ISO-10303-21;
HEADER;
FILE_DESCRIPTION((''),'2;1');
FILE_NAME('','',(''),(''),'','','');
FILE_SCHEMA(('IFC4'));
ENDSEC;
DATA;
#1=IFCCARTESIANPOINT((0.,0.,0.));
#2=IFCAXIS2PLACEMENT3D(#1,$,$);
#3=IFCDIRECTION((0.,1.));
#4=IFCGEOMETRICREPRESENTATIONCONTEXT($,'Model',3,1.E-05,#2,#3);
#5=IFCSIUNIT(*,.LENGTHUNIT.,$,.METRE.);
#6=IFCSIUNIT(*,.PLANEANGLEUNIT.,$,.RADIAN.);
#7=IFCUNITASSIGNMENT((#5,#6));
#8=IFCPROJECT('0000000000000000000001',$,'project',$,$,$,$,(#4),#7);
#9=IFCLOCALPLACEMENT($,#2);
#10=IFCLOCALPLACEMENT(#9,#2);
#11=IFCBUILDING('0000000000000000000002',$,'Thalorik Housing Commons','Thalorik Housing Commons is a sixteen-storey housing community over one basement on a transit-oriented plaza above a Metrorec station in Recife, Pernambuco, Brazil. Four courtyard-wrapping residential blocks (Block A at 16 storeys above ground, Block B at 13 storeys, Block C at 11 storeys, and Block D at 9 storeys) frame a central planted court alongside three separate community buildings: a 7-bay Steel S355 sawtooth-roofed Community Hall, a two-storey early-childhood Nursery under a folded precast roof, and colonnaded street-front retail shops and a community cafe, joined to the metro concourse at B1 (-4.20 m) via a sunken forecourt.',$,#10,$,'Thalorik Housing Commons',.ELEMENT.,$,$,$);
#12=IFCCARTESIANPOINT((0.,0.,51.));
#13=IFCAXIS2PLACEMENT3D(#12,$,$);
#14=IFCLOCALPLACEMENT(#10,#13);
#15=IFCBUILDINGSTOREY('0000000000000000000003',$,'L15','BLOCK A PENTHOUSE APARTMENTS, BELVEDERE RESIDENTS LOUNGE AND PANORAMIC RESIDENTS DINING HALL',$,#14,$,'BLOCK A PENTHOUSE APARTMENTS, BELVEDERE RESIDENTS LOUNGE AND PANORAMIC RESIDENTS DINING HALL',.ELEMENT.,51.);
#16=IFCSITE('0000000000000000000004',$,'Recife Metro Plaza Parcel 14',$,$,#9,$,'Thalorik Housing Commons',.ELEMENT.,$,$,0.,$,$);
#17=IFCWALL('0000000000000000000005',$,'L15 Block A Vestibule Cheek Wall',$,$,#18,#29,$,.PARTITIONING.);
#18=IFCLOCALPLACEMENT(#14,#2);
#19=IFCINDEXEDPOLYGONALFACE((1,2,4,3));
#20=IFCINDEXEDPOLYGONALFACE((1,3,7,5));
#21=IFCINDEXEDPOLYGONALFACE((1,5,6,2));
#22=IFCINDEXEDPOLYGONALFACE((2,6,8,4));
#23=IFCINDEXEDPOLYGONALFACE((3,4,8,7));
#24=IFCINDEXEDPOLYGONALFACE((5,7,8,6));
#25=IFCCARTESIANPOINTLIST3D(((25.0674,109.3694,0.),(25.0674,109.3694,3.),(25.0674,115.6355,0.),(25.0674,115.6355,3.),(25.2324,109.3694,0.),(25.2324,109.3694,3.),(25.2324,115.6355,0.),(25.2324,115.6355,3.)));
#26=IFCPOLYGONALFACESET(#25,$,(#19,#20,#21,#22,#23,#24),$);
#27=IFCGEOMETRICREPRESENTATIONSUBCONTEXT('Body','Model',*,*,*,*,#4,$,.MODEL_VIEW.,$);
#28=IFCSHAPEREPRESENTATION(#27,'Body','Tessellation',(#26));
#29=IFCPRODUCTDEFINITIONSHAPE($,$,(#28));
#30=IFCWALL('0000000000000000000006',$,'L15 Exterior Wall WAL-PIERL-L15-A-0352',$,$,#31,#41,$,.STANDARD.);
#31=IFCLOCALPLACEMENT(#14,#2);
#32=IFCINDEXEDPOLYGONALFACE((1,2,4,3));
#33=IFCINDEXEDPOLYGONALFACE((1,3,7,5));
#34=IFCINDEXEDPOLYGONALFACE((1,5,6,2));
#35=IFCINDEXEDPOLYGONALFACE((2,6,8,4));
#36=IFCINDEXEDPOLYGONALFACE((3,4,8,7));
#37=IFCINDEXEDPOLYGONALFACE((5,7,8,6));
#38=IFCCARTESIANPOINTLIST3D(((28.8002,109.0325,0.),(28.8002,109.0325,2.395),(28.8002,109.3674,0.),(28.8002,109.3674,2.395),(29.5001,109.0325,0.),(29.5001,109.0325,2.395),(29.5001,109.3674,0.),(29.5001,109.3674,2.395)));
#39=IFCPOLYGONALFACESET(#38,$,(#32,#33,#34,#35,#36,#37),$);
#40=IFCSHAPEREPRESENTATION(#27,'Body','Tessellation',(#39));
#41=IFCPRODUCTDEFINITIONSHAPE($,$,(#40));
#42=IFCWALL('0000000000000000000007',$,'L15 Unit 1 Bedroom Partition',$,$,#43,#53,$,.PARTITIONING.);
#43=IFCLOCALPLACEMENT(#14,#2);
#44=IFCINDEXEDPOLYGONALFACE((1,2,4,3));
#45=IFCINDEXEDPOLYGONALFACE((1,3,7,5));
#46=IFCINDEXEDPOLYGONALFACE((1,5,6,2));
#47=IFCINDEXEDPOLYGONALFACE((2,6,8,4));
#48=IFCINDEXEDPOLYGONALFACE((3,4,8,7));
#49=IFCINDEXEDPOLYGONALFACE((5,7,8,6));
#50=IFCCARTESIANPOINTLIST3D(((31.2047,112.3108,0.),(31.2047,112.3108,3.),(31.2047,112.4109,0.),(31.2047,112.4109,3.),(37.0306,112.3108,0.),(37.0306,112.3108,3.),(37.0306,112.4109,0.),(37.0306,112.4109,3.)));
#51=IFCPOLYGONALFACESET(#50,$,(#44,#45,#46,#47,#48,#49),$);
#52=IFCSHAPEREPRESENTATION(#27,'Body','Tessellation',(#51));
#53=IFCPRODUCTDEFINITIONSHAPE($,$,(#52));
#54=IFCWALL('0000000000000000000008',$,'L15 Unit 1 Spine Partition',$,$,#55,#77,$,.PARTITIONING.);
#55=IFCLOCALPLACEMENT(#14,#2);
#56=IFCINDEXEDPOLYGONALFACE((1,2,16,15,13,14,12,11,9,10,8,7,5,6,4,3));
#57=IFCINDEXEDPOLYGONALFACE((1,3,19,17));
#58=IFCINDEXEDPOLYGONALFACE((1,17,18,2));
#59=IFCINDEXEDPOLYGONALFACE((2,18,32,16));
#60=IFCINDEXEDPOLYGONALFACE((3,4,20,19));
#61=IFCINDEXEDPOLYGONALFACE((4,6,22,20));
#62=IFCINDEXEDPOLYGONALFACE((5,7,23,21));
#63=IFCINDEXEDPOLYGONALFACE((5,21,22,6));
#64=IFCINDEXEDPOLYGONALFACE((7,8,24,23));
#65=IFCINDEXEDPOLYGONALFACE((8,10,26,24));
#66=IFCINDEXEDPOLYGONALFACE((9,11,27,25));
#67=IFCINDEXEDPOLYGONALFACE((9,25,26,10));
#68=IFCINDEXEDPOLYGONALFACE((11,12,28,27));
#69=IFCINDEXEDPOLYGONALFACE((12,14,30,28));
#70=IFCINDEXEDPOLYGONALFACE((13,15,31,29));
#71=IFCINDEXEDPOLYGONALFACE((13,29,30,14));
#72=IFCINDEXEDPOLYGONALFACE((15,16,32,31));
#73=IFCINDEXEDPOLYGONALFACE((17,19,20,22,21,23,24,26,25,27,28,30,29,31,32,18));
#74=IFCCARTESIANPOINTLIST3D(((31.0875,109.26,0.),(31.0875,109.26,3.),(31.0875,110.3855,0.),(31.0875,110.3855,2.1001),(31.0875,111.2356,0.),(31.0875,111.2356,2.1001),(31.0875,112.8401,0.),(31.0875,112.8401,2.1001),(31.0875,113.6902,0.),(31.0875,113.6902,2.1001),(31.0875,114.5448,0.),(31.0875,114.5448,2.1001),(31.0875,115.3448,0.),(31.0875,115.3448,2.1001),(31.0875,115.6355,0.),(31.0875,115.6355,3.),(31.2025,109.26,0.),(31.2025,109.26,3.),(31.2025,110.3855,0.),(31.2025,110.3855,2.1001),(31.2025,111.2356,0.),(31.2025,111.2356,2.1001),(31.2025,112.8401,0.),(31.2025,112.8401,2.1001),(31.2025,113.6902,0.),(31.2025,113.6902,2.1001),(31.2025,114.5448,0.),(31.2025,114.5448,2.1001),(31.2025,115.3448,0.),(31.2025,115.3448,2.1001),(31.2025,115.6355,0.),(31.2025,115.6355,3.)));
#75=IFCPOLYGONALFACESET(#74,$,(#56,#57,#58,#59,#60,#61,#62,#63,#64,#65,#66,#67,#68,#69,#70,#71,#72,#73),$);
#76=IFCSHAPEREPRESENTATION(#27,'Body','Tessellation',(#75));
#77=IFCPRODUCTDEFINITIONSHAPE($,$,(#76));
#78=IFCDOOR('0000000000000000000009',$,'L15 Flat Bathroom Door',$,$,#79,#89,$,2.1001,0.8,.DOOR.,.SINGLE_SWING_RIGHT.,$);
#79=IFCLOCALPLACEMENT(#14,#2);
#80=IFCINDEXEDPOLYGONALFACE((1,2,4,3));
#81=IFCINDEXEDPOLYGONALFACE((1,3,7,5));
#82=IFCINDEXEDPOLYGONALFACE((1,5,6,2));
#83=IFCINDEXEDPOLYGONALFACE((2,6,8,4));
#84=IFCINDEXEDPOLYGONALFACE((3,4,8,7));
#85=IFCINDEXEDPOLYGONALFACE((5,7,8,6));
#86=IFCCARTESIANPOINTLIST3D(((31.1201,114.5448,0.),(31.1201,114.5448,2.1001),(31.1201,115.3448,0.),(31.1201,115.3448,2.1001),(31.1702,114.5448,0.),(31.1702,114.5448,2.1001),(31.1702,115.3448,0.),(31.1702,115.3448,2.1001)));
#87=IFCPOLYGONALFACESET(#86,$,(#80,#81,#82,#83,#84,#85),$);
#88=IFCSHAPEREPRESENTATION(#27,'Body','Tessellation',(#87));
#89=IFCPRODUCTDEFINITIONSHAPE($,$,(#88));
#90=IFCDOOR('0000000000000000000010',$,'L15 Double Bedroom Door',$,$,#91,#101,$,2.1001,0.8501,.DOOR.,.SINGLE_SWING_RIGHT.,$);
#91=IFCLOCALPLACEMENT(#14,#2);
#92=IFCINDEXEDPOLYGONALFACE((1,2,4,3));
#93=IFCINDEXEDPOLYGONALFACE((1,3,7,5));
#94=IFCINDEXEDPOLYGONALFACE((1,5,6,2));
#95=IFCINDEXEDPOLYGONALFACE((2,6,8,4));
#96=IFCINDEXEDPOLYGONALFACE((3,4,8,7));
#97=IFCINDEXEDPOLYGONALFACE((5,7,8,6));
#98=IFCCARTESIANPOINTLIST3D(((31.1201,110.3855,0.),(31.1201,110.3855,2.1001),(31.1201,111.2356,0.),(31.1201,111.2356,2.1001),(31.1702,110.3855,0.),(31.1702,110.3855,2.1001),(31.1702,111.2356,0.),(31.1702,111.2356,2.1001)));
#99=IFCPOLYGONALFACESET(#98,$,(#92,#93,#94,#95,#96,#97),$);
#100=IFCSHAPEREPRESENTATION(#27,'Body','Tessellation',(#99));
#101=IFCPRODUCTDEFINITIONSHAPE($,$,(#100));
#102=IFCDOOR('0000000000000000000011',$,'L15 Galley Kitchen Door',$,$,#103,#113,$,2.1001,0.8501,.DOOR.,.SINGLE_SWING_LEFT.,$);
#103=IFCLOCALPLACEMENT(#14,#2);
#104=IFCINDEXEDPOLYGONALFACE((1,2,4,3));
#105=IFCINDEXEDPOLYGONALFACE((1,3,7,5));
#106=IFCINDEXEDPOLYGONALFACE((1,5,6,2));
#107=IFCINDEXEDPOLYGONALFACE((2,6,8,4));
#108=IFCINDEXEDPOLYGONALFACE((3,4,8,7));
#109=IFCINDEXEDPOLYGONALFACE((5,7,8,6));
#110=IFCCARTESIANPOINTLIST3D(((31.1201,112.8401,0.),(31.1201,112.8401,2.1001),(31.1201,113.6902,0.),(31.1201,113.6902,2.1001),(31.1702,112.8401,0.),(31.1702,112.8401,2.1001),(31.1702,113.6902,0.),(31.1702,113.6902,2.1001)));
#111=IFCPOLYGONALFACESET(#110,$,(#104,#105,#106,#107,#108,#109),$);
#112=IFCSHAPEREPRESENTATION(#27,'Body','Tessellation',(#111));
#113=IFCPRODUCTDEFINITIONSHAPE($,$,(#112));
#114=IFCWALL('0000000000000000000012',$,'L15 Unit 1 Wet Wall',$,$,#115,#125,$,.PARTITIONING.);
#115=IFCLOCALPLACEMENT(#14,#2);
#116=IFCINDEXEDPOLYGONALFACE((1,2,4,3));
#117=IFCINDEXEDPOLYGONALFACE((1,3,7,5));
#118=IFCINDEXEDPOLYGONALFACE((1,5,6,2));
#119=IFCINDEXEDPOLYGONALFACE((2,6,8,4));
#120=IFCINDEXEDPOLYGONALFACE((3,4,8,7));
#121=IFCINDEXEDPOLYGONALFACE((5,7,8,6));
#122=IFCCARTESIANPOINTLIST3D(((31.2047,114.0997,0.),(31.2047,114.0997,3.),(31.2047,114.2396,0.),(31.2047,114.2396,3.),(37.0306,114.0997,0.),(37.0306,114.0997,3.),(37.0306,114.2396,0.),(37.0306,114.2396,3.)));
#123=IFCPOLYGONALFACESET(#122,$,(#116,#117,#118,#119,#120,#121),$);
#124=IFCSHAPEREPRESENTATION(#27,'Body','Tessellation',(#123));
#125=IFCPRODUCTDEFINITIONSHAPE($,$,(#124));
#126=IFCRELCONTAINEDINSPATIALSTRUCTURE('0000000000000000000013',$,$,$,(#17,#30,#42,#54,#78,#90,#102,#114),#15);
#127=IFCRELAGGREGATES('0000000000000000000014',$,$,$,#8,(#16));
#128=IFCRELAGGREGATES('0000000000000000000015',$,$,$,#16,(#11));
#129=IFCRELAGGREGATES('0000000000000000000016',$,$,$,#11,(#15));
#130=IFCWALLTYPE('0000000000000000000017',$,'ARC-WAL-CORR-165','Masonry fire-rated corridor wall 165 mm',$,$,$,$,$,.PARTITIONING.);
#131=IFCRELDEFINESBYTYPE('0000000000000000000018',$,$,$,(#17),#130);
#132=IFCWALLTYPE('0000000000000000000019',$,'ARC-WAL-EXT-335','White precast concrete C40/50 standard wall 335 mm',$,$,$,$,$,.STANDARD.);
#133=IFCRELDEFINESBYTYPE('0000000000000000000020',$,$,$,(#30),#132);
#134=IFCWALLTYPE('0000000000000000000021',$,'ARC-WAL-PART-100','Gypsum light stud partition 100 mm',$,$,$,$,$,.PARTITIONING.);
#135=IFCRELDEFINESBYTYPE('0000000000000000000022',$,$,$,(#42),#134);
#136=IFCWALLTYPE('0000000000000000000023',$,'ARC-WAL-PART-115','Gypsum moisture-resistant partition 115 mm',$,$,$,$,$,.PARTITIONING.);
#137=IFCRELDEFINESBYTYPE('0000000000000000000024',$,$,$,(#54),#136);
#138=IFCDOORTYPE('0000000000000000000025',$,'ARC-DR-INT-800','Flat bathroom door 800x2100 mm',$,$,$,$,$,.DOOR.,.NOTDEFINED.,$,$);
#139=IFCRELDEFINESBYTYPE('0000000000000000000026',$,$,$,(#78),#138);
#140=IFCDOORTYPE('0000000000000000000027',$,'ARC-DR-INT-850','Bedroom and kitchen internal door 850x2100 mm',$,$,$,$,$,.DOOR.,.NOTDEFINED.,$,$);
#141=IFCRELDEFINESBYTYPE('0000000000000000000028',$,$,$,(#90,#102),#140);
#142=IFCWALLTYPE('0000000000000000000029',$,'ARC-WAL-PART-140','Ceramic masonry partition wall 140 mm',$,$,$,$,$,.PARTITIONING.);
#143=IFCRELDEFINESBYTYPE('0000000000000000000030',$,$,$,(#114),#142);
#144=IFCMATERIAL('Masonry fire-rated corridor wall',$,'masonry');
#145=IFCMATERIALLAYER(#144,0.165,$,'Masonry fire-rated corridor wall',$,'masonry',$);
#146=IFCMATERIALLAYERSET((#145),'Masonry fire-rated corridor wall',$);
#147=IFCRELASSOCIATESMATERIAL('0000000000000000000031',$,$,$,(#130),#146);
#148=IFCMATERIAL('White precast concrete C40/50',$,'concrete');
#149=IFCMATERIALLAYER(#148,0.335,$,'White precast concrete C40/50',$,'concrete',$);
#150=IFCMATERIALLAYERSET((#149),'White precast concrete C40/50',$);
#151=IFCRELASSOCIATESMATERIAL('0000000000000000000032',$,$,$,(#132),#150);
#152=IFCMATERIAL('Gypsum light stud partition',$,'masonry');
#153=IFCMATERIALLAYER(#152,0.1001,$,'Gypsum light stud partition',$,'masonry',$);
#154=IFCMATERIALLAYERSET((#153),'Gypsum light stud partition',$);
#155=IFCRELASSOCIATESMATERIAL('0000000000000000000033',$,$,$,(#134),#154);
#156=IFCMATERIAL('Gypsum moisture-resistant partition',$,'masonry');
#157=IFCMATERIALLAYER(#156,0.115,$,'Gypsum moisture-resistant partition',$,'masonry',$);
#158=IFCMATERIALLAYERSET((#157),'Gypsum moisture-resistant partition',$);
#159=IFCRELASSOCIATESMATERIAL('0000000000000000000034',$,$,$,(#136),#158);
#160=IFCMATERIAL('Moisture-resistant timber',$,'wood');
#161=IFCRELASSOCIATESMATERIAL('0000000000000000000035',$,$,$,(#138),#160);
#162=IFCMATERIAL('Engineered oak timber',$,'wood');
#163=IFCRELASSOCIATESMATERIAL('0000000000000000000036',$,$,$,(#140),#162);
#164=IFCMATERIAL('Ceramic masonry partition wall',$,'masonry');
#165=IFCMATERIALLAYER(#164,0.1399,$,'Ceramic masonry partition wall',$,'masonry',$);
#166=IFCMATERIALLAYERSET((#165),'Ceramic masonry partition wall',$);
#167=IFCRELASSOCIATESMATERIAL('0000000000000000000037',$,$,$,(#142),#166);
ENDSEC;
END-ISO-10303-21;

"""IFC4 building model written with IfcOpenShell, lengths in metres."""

from ifc_helpers import new_model, si_unit, direction, frame, frame_2d, origin, place, context, subcontext, project, spatial, rectangle, extrude, material, layer, layer_set, type_object, element, fill, save


model = new_model("IFC4")

# Units and contexts
model_context = context("Model", 3, precision=1e-05, world=origin(), true_north=direction((0.0, 1.0)))
body_context = subcontext(model_context, "Body", "Model", "MODEL_VIEW")
ifc_project = project(units=[si_unit("LENGTHUNIT", "METRE"), si_unit("PLANEANGLEUNIT", "RADIAN")], contexts=[model_context])

# Site, building, storey
site_placement = place(None, origin())
site = spatial("IfcSite", under=ifc_project, at=site_placement, Name="Recife Metro Plaza Parcel 14", LongName="Thalorik Housing Commons", CompositionType="ELEMENT", RefElevation=0.0)
building_placement = place(site_placement, origin())
building = spatial("IfcBuilding", under=site, at=building_placement, Name="Thalorik Housing Commons", Description="Thalorik Housing Commons is a sixteen-storey housing community over one basement on a transit-oriented plaza above a Metrorec station in Recife, Pernambuco, Brazil. Four courtyard-wrapping residential blocks (Block A at 16 storeys above ground, Block B at 13 storeys, Block C at 11 storeys, and Block D at 9 storeys) frame a central planted court alongside three separate community buildings: a 7-bay Steel S355 sawtooth-roofed Community Hall, a two-storey early-childhood Nursery under a folded precast roof, and colonnaded street-front retail shops and a community cafe, joined to the metro concourse at B1 (-4.20 m) via a sunken forecourt.", LongName="Thalorik Housing Commons", CompositionType="ELEMENT")
storey_placement = place(building_placement, frame((0.0, 0.0, 51.0)))
storey = spatial("IfcBuildingStorey", under=building, at=storey_placement, Name="L15", Description="BLOCK A PENTHOUSE APARTMENTS, BELVEDERE RESIDENTS LOUNGE AND PANORAMIC RESIDENTS DINING HALL", LongName="BLOCK A PENTHOUSE APARTMENTS, BELVEDERE RESIDENTS LOUNGE AND PANORAMIC RESIDENTS DINING HALL", CompositionType="ELEMENT", Elevation=51.0)

# Walls
ifc_material_1 = material(Name="Masonry fire-rated corridor wall", Category="masonry")
ifc_layer_1 = layer(ifc_material_1, 0.165, Name="Masonry fire-rated corridor wall", Category="masonry")
ifc_layer_set_1 = layer_set([ifc_layer_1], Name="Masonry fire-rated corridor wall")
wall_type_1 = type_object("IfcWallType", Name="ARC-WAL-CORR-165", Description="Masonry fire-rated corridor wall 165 mm", PredefinedType="PARTITIONING", material=ifc_layer_set_1)
wall_1_placement = place(storey_placement, frame((25.1499, 109.3694, 0.0), z_axis=(0.0, 0.0, 1.0), x_axis=(0.0, 1.0, 0.0)))
element("IfcWall", 1, at=wall_1_placement, inside=storey, type_object=wall_type_1, Name="L15 Block A Vestibule Cheek Wall", PredefinedType="PARTITIONING", context=body_context, shape_type="SweptSolid", body=[
    extrude(rectangle(XDim=6.2661, YDim=0.165, at=frame_2d((3.1331, 0.0))), origin(), (0.0, 0.0, 1.0), 3.0),
])
ifc_material_2 = material(Name="White precast concrete C40/50", Category="concrete")
ifc_layer_2 = layer(ifc_material_2, 0.335, Name="White precast concrete C40/50", Category="concrete")
ifc_layer_set_2 = layer_set([ifc_layer_2], Name="White precast concrete C40/50")
wall_type_2 = type_object("IfcWallType", Name="ARC-WAL-EXT-335", Description="White precast concrete C40/50 standard wall 335 mm", PredefinedType="STANDARD", material=ifc_layer_set_2)
wall_2_placement = place(storey_placement, frame((28.8, 109.2, 0.0), z_axis=(0.0, 0.0, 1.0), x_axis=(1.0, 0.0, 0.0)))
element("IfcWall", 2, at=wall_2_placement, inside=storey, type_object=wall_type_2, Name="L15 Exterior Wall WAL-PIERL-L15-A-0352", PredefinedType="STANDARD", context=body_context, shape_type="SweptSolid", body=[
    extrude(rectangle(XDim=0.7, YDim=0.335, at=frame_2d((0.3501, 0.0))), origin(), (0.0, 0.0, 1.0), 2.395),
])
ifc_material_3 = material(Name="Gypsum light stud partition", Category="masonry")
ifc_layer_3 = layer(ifc_material_3, 0.1001, Name="Gypsum light stud partition", Category="masonry")
ifc_layer_set_3 = layer_set([ifc_layer_3], Name="Gypsum light stud partition")
wall_type_3 = type_object("IfcWallType", Name="ARC-WAL-PART-100", Description="Gypsum light stud partition 100 mm", PredefinedType="PARTITIONING", material=ifc_layer_set_3)
wall_3_placement = place(storey_placement, frame((31.2046, 112.3608, 0.0), z_axis=(0.0, 0.0, 1.0), x_axis=(1.0, 0.0, 0.0)))
element("IfcWall", 3, at=wall_3_placement, inside=storey, type_object=wall_type_3, Name="L15 Unit 1 Bedroom Partition", PredefinedType="PARTITIONING", context=body_context, shape_type="SweptSolid", body=[
    extrude(rectangle(XDim=5.8259, YDim=0.1001, at=frame_2d((2.9131, 0.0))), origin(), (0.0, 0.0, 1.0), 3.0),
])

# Wall, openings, doors
ifc_material_4 = material(Name="Gypsum moisture-resistant partition", Category="masonry")
ifc_layer_4 = layer(ifc_material_4, 0.115, Name="Gypsum moisture-resistant partition", Category="masonry")
ifc_layer_set_4 = layer_set([ifc_layer_4], Name="Gypsum moisture-resistant partition")
wall_type_4 = type_object("IfcWallType", Name="ARC-WAL-PART-115", Description="Gypsum moisture-resistant partition 115 mm", PredefinedType="PARTITIONING", material=ifc_layer_set_4)
wall_4_placement = place(storey_placement, frame((31.145, 109.26, 0.0), z_axis=(0.0, 0.0, 1.0), x_axis=(0.0, 1.0, 0.0)))
wall_4 = element("IfcWall", 4, at=wall_4_placement, inside=storey, type_object=wall_type_4, Name="L15 Unit 1 Spine Partition", PredefinedType="PARTITIONING", context=body_context, shape_type="SweptSolid", body=[
    extrude(rectangle(XDim=6.3755, YDim=0.115, at=frame_2d((3.1877, 0.0))), origin(), (0.0, 0.0, 1.0), 3.0),
])
opening_1_placement = place(wall_4_placement, frame((1.1255, 0.0, 0.0)))
opening_1 = element("IfcOpeningElement", 5, at=opening_1_placement, cuts=wall_4, PredefinedType="OPENING", context=body_context, shape_type="SweptSolid", body=[
    extrude(rectangle(XDim=0.8501, YDim=2.1001, at=frame_2d((0.425, 1.05))), frame((0.0, 0.0674, 0.0), z_axis=(0.0, -1.0, 0.0), x_axis=(1.0, 0.0, 0.0)), (0.0, 0.0, 1.0), 0.135),
])
opening_2_placement = place(wall_4_placement, frame((3.5801, 0.0, 0.0)))
opening_2 = element("IfcOpeningElement", 6, at=opening_2_placement, cuts=wall_4, PredefinedType="OPENING", context=body_context, shape_type="SweptSolid", body=[
    extrude(rectangle(XDim=0.8501, YDim=2.1001, at=frame_2d((0.425, 1.05))), frame((0.0, 0.0674, 0.0), z_axis=(0.0, -1.0, 0.0), x_axis=(1.0, 0.0, 0.0)), (0.0, 0.0, 1.0), 0.135),
])
opening_3_placement = place(wall_4_placement, frame((5.2849, 0.0, 0.0)))
opening_3 = element("IfcOpeningElement", 7, at=opening_3_placement, cuts=wall_4, PredefinedType="OPENING", context=body_context, shape_type="SweptSolid", body=[
    extrude(rectangle(XDim=0.8, YDim=2.1001, at=frame_2d((0.3999, 1.05))), frame((0.0, 0.0674, 0.0), z_axis=(0.0, -1.0, 0.0), x_axis=(1.0, 0.0, 0.0)), (0.0, 0.0, 1.0), 0.135),
])
ifc_material_5 = material(Name="Moisture-resistant timber", Category="wood")
door_type_1 = type_object("IfcDoorType", Name="ARC-DR-INT-800", Description="Flat bathroom door 800x2100 mm", OperationType="NOTDEFINED", PredefinedType="DOOR", material=ifc_material_5)
door_1_placement = place(opening_3_placement, origin())
door_1 = element("IfcDoor", 8, at=door_1_placement, inside=storey, type_object=door_type_1, Name="L15 Flat Bathroom Door", OperationType="SINGLE_SWING_RIGHT", OverallHeight=2.1001, OverallWidth=0.8, PredefinedType="DOOR", context=body_context, shape_type="SweptSolid", body=[
    extrude(rectangle(XDim=0.8, YDim=2.1001, at=frame_2d((0.3999, 1.05))), frame((0.0, 0.0249, 0.0), z_axis=(0.0, -1.0, 0.0), x_axis=(1.0, 0.0, 0.0)), (0.0, 0.0, 1.0), 0.05),
])
fill(opening_3, door_1)
ifc_material_6 = material(Name="Engineered oak timber", Category="wood")
door_type_2 = type_object("IfcDoorType", Name="ARC-DR-INT-850", Description="Bedroom and kitchen internal door 850x2100 mm", OperationType="NOTDEFINED", PredefinedType="DOOR", material=ifc_material_6)
door_2_placement = place(opening_1_placement, origin())
door_2 = element("IfcDoor", 9, at=door_2_placement, inside=storey, type_object=door_type_2, Name="L15 Double Bedroom Door", OperationType="SINGLE_SWING_RIGHT", OverallHeight=2.1001, OverallWidth=0.8501, PredefinedType="DOOR", context=body_context, shape_type="SweptSolid", body=[
    extrude(rectangle(XDim=0.8501, YDim=2.1001, at=frame_2d((0.425, 1.05))), frame((0.0, 0.0249, 0.0), z_axis=(0.0, -1.0, 0.0), x_axis=(1.0, 0.0, 0.0)), (0.0, 0.0, 1.0), 0.05),
])
fill(opening_1, door_2)
door_3_placement = place(opening_2_placement, origin())
door_3 = element("IfcDoor", 10, at=door_3_placement, inside=storey, type_object=door_type_2, Name="L15 Galley Kitchen Door", OperationType="SINGLE_SWING_LEFT", OverallHeight=2.1001, OverallWidth=0.8501, PredefinedType="DOOR", context=body_context, shape_type="SweptSolid", body=[
    extrude(rectangle(XDim=0.8501, YDim=2.1001, at=frame_2d((0.425, 1.05))), frame((0.0, 0.0249, 0.0), z_axis=(0.0, -1.0, 0.0), x_axis=(1.0, 0.0, 0.0)), (0.0, 0.0, 1.0), 0.05),
])
fill(opening_2, door_3)

# Wall
ifc_material_7 = material(Name="Ceramic masonry partition wall", Category="masonry")
ifc_layer_5 = layer(ifc_material_7, 0.1399, Name="Ceramic masonry partition wall", Category="masonry")
ifc_layer_set_5 = layer_set([ifc_layer_5], Name="Ceramic masonry partition wall")
wall_type_5 = type_object("IfcWallType", Name="ARC-WAL-PART-140", Description="Ceramic masonry partition wall 140 mm", PredefinedType="PARTITIONING", material=ifc_layer_set_5)
wall_5_placement = place(storey_placement, frame((31.2046, 114.1697, 0.0), z_axis=(0.0, 0.0, 1.0), x_axis=(1.0, 0.0, 0.0)))
element("IfcWall", 11, at=wall_5_placement, inside=storey, type_object=wall_type_5, Name="L15 Unit 1 Wet Wall", PredefinedType="PARTITIONING", context=body_context, shape_type="SweptSolid", body=[
    extrude(rectangle(XDim=5.8259, YDim=0.1399, at=frame_2d((2.9131, 0.0))), origin(), (0.0, 0.0, 1.0), 3.0),
])

save(model, "model.ifc")
